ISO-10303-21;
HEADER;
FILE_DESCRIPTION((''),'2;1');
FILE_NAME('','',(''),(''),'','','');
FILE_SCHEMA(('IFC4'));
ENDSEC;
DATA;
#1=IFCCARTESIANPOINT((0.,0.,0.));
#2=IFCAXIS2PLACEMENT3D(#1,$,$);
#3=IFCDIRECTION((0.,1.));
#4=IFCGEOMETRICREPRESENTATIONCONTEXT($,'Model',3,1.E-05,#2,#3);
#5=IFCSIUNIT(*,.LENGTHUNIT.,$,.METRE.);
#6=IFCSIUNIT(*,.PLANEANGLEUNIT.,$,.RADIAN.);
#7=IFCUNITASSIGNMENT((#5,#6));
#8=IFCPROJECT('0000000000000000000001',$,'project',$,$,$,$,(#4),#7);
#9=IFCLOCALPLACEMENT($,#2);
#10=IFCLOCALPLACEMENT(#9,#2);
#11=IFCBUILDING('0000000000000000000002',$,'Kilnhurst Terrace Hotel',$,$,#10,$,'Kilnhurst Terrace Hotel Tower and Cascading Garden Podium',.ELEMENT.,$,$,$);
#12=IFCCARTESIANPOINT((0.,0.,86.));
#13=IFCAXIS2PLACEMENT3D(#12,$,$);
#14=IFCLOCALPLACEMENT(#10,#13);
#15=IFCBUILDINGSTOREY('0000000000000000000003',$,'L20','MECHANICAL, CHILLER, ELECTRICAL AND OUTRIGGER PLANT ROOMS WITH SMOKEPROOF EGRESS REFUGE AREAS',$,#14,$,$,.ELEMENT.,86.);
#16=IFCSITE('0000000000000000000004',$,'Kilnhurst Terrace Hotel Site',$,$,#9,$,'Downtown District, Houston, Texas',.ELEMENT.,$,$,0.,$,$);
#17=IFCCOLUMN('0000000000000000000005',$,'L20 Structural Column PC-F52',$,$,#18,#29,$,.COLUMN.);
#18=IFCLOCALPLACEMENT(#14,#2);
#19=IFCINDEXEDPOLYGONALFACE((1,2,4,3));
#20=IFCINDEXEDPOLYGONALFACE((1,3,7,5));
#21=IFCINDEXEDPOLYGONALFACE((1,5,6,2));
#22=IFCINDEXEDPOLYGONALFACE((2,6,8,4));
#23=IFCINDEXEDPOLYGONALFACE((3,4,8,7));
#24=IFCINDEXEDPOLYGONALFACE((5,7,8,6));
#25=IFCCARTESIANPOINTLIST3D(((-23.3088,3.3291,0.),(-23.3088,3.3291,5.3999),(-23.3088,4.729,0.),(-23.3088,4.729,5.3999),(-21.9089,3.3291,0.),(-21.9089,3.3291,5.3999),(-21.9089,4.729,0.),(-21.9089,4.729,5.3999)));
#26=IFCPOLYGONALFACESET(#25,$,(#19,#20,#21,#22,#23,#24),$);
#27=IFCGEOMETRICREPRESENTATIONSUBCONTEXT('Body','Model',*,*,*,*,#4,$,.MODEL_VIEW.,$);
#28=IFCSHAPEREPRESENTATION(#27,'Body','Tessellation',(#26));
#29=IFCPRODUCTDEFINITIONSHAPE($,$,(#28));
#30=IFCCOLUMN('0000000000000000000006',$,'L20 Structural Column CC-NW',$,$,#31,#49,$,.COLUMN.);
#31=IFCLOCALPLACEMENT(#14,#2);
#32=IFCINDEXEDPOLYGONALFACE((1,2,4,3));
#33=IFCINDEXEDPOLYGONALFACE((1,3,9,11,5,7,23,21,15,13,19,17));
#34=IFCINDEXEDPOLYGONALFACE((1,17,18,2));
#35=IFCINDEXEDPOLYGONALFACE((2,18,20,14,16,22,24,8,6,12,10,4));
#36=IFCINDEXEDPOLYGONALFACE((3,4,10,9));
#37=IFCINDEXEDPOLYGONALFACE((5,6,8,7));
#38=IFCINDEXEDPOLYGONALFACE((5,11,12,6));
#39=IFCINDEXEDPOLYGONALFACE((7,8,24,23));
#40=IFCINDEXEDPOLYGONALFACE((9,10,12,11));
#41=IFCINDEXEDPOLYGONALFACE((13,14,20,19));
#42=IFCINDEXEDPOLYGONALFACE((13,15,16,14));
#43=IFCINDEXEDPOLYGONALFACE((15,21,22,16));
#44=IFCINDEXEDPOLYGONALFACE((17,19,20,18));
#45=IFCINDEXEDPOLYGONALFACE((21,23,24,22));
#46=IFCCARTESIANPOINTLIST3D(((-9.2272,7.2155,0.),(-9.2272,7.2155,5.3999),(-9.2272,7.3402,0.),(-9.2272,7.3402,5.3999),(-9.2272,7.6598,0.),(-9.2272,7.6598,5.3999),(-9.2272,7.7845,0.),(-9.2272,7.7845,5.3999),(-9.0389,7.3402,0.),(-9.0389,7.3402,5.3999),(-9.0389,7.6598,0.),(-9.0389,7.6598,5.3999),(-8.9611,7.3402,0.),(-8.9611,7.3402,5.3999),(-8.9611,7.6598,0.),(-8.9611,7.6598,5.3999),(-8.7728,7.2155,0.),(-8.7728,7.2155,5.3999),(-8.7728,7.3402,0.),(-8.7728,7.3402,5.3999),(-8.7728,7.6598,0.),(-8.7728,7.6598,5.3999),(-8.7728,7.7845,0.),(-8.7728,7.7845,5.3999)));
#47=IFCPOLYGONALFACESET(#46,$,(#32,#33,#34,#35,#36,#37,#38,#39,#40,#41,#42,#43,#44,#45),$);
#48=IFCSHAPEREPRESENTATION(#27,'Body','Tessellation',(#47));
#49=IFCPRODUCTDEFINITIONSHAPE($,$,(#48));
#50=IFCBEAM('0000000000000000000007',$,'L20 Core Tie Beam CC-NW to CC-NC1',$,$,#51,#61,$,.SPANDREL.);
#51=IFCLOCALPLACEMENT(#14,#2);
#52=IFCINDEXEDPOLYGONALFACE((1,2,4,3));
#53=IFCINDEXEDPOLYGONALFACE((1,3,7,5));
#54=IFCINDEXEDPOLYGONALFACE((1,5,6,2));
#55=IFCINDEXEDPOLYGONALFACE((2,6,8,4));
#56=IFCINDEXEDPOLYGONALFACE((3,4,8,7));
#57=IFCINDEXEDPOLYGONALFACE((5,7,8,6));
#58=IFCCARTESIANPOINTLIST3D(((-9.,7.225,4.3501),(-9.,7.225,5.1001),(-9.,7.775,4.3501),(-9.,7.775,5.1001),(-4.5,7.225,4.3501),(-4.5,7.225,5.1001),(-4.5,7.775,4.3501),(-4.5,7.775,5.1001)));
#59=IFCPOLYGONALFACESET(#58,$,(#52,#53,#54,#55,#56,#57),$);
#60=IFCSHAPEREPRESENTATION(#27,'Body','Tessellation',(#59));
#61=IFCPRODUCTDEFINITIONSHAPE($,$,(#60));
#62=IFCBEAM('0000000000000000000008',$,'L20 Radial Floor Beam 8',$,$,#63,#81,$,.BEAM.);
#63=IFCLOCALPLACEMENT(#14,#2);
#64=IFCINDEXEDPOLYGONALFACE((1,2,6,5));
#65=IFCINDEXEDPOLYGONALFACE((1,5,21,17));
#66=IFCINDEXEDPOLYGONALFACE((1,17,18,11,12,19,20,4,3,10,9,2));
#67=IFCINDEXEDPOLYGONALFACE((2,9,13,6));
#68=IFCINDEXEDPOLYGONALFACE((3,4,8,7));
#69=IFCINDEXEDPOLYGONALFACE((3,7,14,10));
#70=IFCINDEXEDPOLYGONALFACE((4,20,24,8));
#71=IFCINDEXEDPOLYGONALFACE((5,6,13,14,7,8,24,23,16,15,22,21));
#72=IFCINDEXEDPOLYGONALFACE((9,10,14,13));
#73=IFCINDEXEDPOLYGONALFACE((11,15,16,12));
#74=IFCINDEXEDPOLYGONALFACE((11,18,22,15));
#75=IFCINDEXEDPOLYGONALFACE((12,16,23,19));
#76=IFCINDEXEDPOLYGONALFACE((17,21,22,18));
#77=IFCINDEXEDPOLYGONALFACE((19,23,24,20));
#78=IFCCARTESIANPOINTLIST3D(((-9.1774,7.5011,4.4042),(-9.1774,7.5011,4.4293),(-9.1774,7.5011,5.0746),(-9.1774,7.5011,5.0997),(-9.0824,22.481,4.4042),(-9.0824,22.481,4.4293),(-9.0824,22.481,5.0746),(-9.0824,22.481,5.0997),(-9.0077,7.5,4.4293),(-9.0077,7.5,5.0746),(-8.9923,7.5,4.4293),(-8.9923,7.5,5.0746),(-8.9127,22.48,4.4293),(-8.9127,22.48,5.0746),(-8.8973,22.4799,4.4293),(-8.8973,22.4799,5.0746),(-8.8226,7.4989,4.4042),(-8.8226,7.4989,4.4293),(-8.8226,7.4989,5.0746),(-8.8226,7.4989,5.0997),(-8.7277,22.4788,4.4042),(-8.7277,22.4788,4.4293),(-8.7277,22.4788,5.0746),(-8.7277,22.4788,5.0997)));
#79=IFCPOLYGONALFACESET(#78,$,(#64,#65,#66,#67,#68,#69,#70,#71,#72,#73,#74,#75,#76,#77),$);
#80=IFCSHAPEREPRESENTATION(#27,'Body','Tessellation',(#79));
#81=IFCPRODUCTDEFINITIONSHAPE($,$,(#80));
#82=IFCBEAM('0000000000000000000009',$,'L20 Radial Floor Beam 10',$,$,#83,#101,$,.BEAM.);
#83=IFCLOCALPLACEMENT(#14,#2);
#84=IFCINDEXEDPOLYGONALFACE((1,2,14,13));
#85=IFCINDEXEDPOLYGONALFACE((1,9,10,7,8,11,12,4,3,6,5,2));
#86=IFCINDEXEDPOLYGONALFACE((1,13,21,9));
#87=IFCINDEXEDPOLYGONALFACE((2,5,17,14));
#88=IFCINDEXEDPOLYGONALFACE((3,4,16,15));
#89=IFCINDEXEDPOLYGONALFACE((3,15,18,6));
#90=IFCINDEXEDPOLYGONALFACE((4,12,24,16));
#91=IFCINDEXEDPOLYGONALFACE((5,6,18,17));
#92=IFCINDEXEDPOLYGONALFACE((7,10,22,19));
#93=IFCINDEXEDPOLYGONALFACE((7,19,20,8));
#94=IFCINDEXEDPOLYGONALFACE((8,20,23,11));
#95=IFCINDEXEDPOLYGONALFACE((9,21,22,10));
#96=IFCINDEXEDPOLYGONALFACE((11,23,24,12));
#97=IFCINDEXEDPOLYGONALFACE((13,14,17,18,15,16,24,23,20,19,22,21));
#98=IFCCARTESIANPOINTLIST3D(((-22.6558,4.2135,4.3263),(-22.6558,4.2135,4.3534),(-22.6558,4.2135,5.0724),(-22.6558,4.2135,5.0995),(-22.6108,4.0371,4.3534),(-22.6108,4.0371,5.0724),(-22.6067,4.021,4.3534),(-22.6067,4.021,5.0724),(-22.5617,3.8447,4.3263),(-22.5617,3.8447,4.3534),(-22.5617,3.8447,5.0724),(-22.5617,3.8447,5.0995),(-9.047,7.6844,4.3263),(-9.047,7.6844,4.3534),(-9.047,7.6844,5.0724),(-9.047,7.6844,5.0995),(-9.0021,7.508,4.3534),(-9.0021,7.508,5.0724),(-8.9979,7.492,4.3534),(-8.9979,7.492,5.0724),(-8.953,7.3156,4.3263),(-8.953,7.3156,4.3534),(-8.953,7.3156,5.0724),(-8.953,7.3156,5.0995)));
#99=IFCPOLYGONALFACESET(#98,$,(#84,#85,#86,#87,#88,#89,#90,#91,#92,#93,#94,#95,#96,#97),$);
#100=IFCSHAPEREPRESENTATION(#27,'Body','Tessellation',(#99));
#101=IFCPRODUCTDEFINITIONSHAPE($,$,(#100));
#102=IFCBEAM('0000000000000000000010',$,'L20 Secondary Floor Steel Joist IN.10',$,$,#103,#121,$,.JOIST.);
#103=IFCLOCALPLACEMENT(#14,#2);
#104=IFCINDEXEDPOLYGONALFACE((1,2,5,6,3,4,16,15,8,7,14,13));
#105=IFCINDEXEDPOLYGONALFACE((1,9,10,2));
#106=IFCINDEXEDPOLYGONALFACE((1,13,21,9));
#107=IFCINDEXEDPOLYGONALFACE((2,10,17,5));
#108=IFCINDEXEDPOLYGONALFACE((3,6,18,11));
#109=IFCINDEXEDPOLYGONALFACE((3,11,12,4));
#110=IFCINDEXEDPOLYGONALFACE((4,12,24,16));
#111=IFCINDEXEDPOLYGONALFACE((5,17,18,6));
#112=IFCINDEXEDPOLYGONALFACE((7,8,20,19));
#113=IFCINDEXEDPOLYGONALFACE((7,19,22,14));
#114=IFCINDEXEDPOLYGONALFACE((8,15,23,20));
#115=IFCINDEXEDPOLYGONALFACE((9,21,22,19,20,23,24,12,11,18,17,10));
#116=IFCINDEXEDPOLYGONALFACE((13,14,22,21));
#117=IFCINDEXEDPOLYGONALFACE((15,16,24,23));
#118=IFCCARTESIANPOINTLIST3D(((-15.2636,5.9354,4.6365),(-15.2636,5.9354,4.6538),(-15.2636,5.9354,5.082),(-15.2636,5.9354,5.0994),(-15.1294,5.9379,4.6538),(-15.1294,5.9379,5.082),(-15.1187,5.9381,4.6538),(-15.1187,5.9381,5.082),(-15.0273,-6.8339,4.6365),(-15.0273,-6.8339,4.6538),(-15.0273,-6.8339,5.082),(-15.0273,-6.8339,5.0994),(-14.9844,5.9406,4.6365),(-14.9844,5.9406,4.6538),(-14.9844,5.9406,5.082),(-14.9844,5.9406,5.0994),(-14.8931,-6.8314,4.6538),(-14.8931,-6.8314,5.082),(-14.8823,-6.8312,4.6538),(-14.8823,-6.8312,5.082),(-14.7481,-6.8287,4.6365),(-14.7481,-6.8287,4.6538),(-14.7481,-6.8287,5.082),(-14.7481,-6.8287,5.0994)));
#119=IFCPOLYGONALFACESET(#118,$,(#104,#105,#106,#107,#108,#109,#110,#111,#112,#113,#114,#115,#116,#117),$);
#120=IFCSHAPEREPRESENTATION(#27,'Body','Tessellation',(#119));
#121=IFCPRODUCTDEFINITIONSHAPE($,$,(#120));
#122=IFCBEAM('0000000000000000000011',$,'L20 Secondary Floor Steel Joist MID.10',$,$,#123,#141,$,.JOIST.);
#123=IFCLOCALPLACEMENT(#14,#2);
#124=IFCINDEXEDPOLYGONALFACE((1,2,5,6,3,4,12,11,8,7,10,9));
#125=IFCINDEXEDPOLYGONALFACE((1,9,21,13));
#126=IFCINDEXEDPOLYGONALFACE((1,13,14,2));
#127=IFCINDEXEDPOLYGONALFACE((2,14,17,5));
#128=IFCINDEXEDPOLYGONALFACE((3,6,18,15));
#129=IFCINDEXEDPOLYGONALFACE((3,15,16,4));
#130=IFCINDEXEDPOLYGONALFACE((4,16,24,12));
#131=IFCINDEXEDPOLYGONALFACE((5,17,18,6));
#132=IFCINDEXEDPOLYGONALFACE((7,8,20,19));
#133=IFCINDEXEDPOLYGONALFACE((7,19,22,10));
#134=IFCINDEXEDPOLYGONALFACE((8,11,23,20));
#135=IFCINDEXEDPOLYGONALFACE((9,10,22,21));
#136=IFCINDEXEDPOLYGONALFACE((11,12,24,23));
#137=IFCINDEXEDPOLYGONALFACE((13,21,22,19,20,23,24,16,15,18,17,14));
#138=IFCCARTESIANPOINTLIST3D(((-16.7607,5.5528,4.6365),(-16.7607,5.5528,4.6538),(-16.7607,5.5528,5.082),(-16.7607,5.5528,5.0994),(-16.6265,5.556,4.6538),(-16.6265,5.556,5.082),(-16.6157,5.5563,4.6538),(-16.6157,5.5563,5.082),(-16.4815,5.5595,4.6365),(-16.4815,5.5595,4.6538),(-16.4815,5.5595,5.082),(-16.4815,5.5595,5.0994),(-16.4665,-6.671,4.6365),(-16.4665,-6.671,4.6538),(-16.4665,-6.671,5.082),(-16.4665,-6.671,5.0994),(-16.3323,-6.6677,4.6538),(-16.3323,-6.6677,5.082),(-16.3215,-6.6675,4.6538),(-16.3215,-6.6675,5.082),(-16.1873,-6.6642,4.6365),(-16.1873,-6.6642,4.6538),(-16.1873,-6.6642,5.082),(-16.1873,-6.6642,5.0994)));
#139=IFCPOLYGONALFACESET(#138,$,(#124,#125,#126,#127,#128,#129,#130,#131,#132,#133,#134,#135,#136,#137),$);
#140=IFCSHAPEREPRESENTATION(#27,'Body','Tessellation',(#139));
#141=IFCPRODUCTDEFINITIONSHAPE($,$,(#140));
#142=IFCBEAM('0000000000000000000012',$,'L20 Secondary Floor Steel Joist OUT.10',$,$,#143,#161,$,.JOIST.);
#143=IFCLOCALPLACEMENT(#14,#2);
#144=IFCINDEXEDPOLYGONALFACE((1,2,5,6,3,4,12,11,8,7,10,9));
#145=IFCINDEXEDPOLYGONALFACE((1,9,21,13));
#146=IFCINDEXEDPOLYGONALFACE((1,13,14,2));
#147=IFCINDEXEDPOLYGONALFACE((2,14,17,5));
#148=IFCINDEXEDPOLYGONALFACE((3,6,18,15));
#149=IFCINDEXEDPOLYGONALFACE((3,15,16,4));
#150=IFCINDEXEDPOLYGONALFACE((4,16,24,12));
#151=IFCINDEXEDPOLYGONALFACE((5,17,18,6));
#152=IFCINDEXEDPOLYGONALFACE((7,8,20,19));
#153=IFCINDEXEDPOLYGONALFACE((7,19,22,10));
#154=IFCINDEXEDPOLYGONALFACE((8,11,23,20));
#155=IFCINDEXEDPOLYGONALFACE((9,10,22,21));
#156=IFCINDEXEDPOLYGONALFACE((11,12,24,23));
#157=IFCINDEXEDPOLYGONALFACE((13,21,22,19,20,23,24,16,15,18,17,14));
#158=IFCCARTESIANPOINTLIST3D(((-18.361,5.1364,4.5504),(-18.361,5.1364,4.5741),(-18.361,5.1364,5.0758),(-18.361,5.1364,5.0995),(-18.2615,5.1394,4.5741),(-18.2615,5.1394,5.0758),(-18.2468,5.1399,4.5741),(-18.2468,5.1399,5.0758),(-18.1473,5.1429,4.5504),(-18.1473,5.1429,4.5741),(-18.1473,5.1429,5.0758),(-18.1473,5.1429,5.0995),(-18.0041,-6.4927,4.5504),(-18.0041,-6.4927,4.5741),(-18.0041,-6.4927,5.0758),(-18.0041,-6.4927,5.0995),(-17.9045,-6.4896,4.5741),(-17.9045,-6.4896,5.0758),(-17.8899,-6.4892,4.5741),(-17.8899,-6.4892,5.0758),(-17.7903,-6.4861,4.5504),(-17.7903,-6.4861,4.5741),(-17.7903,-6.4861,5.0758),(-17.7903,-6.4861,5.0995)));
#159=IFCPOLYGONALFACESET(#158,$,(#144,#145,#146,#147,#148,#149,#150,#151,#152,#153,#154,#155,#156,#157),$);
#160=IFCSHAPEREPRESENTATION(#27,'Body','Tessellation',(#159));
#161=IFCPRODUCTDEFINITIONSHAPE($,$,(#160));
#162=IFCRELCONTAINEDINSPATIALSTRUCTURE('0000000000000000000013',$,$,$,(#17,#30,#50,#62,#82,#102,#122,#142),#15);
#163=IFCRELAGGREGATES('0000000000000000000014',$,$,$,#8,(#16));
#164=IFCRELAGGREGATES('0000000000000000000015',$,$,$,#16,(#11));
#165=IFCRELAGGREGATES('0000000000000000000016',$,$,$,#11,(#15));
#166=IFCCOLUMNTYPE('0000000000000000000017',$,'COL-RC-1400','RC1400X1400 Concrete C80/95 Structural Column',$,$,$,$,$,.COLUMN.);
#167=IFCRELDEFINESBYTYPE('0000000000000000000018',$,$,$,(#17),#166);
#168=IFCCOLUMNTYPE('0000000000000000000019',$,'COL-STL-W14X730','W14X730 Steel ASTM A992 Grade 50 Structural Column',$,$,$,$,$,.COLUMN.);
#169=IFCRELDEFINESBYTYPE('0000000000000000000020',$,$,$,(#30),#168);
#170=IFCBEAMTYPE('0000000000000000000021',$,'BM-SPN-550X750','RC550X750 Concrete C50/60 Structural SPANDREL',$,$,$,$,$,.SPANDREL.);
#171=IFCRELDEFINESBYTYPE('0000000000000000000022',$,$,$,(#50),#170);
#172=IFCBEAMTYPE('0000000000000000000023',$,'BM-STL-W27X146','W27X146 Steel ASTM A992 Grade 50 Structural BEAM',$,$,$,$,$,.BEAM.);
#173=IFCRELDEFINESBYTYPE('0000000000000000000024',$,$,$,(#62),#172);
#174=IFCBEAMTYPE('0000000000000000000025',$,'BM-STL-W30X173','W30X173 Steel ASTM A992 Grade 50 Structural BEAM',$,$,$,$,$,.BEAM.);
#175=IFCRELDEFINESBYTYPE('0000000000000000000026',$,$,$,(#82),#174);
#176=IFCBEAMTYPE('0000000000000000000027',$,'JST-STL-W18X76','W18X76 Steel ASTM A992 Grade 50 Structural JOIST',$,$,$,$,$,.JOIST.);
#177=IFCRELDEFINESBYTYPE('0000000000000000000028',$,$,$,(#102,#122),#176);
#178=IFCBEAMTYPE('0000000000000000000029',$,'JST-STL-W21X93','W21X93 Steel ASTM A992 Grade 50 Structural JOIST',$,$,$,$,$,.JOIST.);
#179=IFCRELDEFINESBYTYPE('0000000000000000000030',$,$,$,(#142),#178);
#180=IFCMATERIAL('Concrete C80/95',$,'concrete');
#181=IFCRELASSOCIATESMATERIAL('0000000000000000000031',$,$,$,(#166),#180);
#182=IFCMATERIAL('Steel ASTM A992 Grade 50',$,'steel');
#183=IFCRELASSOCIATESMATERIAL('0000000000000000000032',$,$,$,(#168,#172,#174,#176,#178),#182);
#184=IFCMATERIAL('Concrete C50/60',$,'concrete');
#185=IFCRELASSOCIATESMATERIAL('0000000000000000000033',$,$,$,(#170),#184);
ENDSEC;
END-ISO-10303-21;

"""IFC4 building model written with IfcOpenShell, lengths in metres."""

from ifc_helpers import new_model, si_unit, direction, frame, origin, origin_2d, place, context, subcontext, project, spatial, rectangle, i_section, extrude, material, material_profile, profile_set, type_object, element, save


model = new_model("IFC4")

# Units and contexts
model_context = context("Model", 3, precision=1e-05, world=origin(), true_north=direction((0.0, 1.0)))
body_context = subcontext(model_context, "Body", "Model", "MODEL_VIEW")
ifc_project = project(units=[si_unit("LENGTHUNIT", "METRE"), si_unit("PLANEANGLEUNIT", "RADIAN")], contexts=[model_context])

# Site, building, storey
site_placement = place(None, origin())
site = spatial("IfcSite", under=ifc_project, at=site_placement, Name="Kilnhurst Terrace Hotel Site", LongName="Downtown District, Houston, Texas", CompositionType="ELEMENT", RefElevation=0.0)
building_placement = place(site_placement, origin())
building = spatial("IfcBuilding", under=site, at=building_placement, Name="Kilnhurst Terrace Hotel", LongName="Kilnhurst Terrace Hotel Tower and Cascading Garden Podium", CompositionType="ELEMENT")
storey_placement = place(building_placement, frame((0.0, 0.0, 86.0)))
storey = spatial("IfcBuildingStorey", under=building, at=storey_placement, Name="L20", Description="MECHANICAL, CHILLER, ELECTRICAL AND OUTRIGGER PLANT ROOMS WITH SMOKEPROOF EGRESS REFUGE AREAS", CompositionType="ELEMENT", Elevation=86.0)

# Columns
ifc_material_1 = material(Name="Concrete C80/95", Category="concrete")
ifc_material_profile_1 = material_profile(ifc_material_1, rectangle(XDim=1.3999, YDim=1.3999, at=origin_2d()), Name="RC1400X1400")
ifc_profile_set_1 = profile_set([ifc_material_profile_1], Name="Concrete C80/95")
column_type_1 = type_object("IfcColumnType", Name="COL-RC-1400", Description="RC1400X1400 Concrete C80/95 Structural Column", PredefinedType="COLUMN", material=ifc_profile_set_1)
column_1_placement = place(storey_placement, frame((-22.6089, 4.0291, 0.0), z_axis=(0.0, 0.0, 1.0), x_axis=(1.0, 0.0, 0.0)))
element("IfcColumn", 1, at=column_1_placement, inside=storey, type_object=column_type_1, Name="L20 Structural Column PC-F52", PredefinedType="COLUMN", context=body_context, shape_type="SweptSolid", body=[
    extrude(rectangle(XDim=1.3999, YDim=1.3999, at=origin_2d()), origin(), (0.0, 0.0, 1.0), 5.3999),
])
ifc_material_2 = material(Name="Steel ASTM A992 Grade 50", Category="steel")
ifc_material_profile_2 = material_profile(ifc_material_2, i_section(OverallWidth=0.4543, OverallDepth=0.5691, WebThickness=0.0779, FlangeThickness=0.1248, at=origin_2d()), Name="W14X730")
ifc_profile_set_2 = profile_set([ifc_material_profile_2], Name="Steel ASTM A992 Grade 50")
column_type_2 = type_object("IfcColumnType", Name="COL-STL-W14X730", Description="W14X730 Steel ASTM A992 Grade 50 Structural Column", PredefinedType="COLUMN", material=ifc_profile_set_2)
column_2_placement = place(storey_placement, frame((-9.0, 7.5, 0.0), z_axis=(0.0, 0.0, 1.0), x_axis=(1.0, 0.0, 0.0)))
element("IfcColumn", 2, at=column_2_placement, inside=storey, type_object=column_type_2, Name="L20 Structural Column CC-NW", PredefinedType="COLUMN", context=body_context, shape_type="SweptSolid", body=[
    extrude(i_section(OverallWidth=0.4543, OverallDepth=0.5691, WebThickness=0.0779, FlangeThickness=0.1248, at=origin_2d()), origin(), (0.0, 0.0, 1.0), 5.3999),
])

# Beams
ifc_material_3 = material(Name="Concrete C50/60", Category="concrete")
ifc_material_profile_3 = material_profile(ifc_material_3, rectangle(XDim=0.55, YDim=0.75, at=origin_2d()), Name="RC550X750")
ifc_profile_set_3 = profile_set([ifc_material_profile_3], Name="Concrete C50/60")
beam_type_1 = type_object("IfcBeamType", Name="BM-SPN-550X750", Description="RC550X750 Concrete C50/60 Structural SPANDREL", PredefinedType="SPANDREL", material=ifc_profile_set_3)
beam_1_placement = place(storey_placement, frame((-9.0, 7.5, 4.7251), z_axis=(1.0, 0.0, 0.0), x_axis=(0.0, 1.0, 0.0)))
element("IfcBeam", 3, at=beam_1_placement, inside=storey, type_object=beam_type_1, Name="L20 Core Tie Beam CC-NW to CC-NC1", PredefinedType="SPANDREL", context=body_context, shape_type="SweptSolid", body=[
    extrude(rectangle(XDim=0.55, YDim=0.75, at=origin_2d()), origin(), (0.0, 0.0, 1.0), 4.5),
])
ifc_material_profile_4 = material_profile(ifc_material_2, i_section(OverallWidth=0.3547, OverallDepth=0.6956, WebThickness=0.0154, FlangeThickness=0.0251, at=origin_2d()), Name="W27X146")
ifc_profile_set_4 = profile_set([ifc_material_profile_4], Name="Steel ASTM A992 Grade 50")
beam_type_2 = type_object("IfcBeamType", Name="BM-STL-W27X146", Description="W27X146 Steel ASTM A992 Grade 50 Structural BEAM", PredefinedType="BEAM", material=ifc_profile_set_4)
beam_2_placement = place(storey_placement, frame((-9.0, 7.5, 4.752), z_axis=(0.00634, 0.99998, 0.0), x_axis=(-0.99998, 0.00634, 0.0)))
element("IfcBeam", 4, at=beam_2_placement, inside=storey, type_object=beam_type_2, Name="L20 Radial Floor Beam 8", PredefinedType="BEAM", context=body_context, shape_type="SweptSolid", body=[
    extrude(i_section(OverallWidth=0.3547, OverallDepth=0.6956, WebThickness=0.0154, FlangeThickness=0.0251, at=origin_2d()), origin(), (0.0, 0.0, 1.0), 14.9802),
])
ifc_material_profile_5 = material_profile(ifc_material_2, i_section(OverallWidth=0.3806, OverallDepth=0.7732, WebThickness=0.0166, FlangeThickness=0.0271, at=origin_2d()), Name="W30X173")
ifc_profile_set_5 = profile_set([ifc_material_profile_5], Name="Steel ASTM A992 Grade 50")
beam_type_3 = type_object("IfcBeamType", Name="BM-STL-W30X173", Description="W30X173 Steel ASTM A992 Grade 50 Structural BEAM", PredefinedType="BEAM", material=ifc_profile_set_5)
beam_3_placement = place(storey_placement, frame((-9.0, 7.5, 4.7129), z_axis=(-0.96898, -0.247138, 0.0), x_axis=(0.247138, -0.96898, 0.0)))
element("IfcBeam", 5, at=beam_3_placement, inside=storey, type_object=beam_type_3, Name="L20 Radial Floor Beam 10", PredefinedType="BEAM", context=body_context, shape_type="SweptSolid", body=[
    extrude(i_section(OverallWidth=0.3806, OverallDepth=0.7732, WebThickness=0.0166, FlangeThickness=0.0271, at=origin_2d()), origin(), (0.0, 0.0, 1.0), 14.0444),
])
ifc_material_profile_6 = material_profile(ifc_material_2, i_section(OverallWidth=0.2793, OverallDepth=0.4629, WebThickness=0.0107, FlangeThickness=0.0173, at=origin_2d()), Name="W18X76")
ifc_profile_set_6 = profile_set([ifc_material_profile_6], Name="Steel ASTM A992 Grade 50")
beam_type_4 = type_object("IfcBeamType", Name="JST-STL-W18X76", Description="W18X76 Steel ASTM A992 Grade 50 Structural JOIST", PredefinedType="JOIST", material=ifc_profile_set_6)
beam_4_placement = place(storey_placement, frame((-15.124, 5.938, 4.8679), z_axis=(0.018504, -0.999829, 0.0), x_axis=(0.999829, 0.018504, 0.0)))
element("IfcBeam", 6, at=beam_4_placement, inside=storey, type_object=beam_type_4, Name="L20 Secondary Floor Steel Joist IN.10", PredefinedType="JOIST", context=body_context, shape_type="SweptSolid", body=[
    extrude(i_section(OverallWidth=0.2793, OverallDepth=0.4629, WebThickness=0.0107, FlangeThickness=0.0173, at=origin_2d()), origin(), (0.0, 0.0, 1.0), 12.7715),
])
beam_5_placement = place(storey_placement, frame((-16.6211, 5.5562, 4.8679), z_axis=(0.02406, -0.999711, 0.0), x_axis=(0.999711, 0.02406, 0.0)))
element("IfcBeam", 7, at=beam_5_placement, inside=storey, type_object=beam_type_4, Name="L20 Secondary Floor Steel Joist MID.10", PredefinedType="JOIST", context=body_context, shape_type="SweptSolid", body=[
    extrude(i_section(OverallWidth=0.2793, OverallDepth=0.4629, WebThickness=0.0107, FlangeThickness=0.0173, at=origin_2d()), origin(), (0.0, 0.0, 1.0), 12.2273),
])
ifc_material_profile_7 = material_profile(ifc_material_2, i_section(OverallWidth=0.2139, OverallDepth=0.5491, WebThickness=0.0146, FlangeThickness=0.0237, at=origin_2d()), Name="W21X93")
ifc_profile_set_7 = profile_set([ifc_material_profile_7], Name="Steel ASTM A992 Grade 50")
beam_type_5 = type_object("IfcBeamType", Name="JST-STL-W21X93", Description="W21X93 Steel ASTM A992 Grade 50 Structural JOIST", PredefinedType="JOIST", material=ifc_profile_set_7)
beam_6_placement = place(storey_placement, frame((-18.2542, 5.1396, 4.825), z_axis=(0.030679, -0.999529, 0.0), x_axis=(0.999529, 0.030679, 0.0)))
element("IfcBeam", 8, at=beam_6_placement, inside=storey, type_object=beam_type_5, Name="L20 Secondary Floor Steel Joist OUT.10", PredefinedType="JOIST", context=body_context, shape_type="SweptSolid", body=[
    extrude(i_section(OverallWidth=0.2139, OverallDepth=0.5491, WebThickness=0.0146, FlangeThickness=0.0237, at=origin_2d()), origin(), (0.0, 0.0, 1.0), 11.6345),
])

save(model, "model.ifc")
